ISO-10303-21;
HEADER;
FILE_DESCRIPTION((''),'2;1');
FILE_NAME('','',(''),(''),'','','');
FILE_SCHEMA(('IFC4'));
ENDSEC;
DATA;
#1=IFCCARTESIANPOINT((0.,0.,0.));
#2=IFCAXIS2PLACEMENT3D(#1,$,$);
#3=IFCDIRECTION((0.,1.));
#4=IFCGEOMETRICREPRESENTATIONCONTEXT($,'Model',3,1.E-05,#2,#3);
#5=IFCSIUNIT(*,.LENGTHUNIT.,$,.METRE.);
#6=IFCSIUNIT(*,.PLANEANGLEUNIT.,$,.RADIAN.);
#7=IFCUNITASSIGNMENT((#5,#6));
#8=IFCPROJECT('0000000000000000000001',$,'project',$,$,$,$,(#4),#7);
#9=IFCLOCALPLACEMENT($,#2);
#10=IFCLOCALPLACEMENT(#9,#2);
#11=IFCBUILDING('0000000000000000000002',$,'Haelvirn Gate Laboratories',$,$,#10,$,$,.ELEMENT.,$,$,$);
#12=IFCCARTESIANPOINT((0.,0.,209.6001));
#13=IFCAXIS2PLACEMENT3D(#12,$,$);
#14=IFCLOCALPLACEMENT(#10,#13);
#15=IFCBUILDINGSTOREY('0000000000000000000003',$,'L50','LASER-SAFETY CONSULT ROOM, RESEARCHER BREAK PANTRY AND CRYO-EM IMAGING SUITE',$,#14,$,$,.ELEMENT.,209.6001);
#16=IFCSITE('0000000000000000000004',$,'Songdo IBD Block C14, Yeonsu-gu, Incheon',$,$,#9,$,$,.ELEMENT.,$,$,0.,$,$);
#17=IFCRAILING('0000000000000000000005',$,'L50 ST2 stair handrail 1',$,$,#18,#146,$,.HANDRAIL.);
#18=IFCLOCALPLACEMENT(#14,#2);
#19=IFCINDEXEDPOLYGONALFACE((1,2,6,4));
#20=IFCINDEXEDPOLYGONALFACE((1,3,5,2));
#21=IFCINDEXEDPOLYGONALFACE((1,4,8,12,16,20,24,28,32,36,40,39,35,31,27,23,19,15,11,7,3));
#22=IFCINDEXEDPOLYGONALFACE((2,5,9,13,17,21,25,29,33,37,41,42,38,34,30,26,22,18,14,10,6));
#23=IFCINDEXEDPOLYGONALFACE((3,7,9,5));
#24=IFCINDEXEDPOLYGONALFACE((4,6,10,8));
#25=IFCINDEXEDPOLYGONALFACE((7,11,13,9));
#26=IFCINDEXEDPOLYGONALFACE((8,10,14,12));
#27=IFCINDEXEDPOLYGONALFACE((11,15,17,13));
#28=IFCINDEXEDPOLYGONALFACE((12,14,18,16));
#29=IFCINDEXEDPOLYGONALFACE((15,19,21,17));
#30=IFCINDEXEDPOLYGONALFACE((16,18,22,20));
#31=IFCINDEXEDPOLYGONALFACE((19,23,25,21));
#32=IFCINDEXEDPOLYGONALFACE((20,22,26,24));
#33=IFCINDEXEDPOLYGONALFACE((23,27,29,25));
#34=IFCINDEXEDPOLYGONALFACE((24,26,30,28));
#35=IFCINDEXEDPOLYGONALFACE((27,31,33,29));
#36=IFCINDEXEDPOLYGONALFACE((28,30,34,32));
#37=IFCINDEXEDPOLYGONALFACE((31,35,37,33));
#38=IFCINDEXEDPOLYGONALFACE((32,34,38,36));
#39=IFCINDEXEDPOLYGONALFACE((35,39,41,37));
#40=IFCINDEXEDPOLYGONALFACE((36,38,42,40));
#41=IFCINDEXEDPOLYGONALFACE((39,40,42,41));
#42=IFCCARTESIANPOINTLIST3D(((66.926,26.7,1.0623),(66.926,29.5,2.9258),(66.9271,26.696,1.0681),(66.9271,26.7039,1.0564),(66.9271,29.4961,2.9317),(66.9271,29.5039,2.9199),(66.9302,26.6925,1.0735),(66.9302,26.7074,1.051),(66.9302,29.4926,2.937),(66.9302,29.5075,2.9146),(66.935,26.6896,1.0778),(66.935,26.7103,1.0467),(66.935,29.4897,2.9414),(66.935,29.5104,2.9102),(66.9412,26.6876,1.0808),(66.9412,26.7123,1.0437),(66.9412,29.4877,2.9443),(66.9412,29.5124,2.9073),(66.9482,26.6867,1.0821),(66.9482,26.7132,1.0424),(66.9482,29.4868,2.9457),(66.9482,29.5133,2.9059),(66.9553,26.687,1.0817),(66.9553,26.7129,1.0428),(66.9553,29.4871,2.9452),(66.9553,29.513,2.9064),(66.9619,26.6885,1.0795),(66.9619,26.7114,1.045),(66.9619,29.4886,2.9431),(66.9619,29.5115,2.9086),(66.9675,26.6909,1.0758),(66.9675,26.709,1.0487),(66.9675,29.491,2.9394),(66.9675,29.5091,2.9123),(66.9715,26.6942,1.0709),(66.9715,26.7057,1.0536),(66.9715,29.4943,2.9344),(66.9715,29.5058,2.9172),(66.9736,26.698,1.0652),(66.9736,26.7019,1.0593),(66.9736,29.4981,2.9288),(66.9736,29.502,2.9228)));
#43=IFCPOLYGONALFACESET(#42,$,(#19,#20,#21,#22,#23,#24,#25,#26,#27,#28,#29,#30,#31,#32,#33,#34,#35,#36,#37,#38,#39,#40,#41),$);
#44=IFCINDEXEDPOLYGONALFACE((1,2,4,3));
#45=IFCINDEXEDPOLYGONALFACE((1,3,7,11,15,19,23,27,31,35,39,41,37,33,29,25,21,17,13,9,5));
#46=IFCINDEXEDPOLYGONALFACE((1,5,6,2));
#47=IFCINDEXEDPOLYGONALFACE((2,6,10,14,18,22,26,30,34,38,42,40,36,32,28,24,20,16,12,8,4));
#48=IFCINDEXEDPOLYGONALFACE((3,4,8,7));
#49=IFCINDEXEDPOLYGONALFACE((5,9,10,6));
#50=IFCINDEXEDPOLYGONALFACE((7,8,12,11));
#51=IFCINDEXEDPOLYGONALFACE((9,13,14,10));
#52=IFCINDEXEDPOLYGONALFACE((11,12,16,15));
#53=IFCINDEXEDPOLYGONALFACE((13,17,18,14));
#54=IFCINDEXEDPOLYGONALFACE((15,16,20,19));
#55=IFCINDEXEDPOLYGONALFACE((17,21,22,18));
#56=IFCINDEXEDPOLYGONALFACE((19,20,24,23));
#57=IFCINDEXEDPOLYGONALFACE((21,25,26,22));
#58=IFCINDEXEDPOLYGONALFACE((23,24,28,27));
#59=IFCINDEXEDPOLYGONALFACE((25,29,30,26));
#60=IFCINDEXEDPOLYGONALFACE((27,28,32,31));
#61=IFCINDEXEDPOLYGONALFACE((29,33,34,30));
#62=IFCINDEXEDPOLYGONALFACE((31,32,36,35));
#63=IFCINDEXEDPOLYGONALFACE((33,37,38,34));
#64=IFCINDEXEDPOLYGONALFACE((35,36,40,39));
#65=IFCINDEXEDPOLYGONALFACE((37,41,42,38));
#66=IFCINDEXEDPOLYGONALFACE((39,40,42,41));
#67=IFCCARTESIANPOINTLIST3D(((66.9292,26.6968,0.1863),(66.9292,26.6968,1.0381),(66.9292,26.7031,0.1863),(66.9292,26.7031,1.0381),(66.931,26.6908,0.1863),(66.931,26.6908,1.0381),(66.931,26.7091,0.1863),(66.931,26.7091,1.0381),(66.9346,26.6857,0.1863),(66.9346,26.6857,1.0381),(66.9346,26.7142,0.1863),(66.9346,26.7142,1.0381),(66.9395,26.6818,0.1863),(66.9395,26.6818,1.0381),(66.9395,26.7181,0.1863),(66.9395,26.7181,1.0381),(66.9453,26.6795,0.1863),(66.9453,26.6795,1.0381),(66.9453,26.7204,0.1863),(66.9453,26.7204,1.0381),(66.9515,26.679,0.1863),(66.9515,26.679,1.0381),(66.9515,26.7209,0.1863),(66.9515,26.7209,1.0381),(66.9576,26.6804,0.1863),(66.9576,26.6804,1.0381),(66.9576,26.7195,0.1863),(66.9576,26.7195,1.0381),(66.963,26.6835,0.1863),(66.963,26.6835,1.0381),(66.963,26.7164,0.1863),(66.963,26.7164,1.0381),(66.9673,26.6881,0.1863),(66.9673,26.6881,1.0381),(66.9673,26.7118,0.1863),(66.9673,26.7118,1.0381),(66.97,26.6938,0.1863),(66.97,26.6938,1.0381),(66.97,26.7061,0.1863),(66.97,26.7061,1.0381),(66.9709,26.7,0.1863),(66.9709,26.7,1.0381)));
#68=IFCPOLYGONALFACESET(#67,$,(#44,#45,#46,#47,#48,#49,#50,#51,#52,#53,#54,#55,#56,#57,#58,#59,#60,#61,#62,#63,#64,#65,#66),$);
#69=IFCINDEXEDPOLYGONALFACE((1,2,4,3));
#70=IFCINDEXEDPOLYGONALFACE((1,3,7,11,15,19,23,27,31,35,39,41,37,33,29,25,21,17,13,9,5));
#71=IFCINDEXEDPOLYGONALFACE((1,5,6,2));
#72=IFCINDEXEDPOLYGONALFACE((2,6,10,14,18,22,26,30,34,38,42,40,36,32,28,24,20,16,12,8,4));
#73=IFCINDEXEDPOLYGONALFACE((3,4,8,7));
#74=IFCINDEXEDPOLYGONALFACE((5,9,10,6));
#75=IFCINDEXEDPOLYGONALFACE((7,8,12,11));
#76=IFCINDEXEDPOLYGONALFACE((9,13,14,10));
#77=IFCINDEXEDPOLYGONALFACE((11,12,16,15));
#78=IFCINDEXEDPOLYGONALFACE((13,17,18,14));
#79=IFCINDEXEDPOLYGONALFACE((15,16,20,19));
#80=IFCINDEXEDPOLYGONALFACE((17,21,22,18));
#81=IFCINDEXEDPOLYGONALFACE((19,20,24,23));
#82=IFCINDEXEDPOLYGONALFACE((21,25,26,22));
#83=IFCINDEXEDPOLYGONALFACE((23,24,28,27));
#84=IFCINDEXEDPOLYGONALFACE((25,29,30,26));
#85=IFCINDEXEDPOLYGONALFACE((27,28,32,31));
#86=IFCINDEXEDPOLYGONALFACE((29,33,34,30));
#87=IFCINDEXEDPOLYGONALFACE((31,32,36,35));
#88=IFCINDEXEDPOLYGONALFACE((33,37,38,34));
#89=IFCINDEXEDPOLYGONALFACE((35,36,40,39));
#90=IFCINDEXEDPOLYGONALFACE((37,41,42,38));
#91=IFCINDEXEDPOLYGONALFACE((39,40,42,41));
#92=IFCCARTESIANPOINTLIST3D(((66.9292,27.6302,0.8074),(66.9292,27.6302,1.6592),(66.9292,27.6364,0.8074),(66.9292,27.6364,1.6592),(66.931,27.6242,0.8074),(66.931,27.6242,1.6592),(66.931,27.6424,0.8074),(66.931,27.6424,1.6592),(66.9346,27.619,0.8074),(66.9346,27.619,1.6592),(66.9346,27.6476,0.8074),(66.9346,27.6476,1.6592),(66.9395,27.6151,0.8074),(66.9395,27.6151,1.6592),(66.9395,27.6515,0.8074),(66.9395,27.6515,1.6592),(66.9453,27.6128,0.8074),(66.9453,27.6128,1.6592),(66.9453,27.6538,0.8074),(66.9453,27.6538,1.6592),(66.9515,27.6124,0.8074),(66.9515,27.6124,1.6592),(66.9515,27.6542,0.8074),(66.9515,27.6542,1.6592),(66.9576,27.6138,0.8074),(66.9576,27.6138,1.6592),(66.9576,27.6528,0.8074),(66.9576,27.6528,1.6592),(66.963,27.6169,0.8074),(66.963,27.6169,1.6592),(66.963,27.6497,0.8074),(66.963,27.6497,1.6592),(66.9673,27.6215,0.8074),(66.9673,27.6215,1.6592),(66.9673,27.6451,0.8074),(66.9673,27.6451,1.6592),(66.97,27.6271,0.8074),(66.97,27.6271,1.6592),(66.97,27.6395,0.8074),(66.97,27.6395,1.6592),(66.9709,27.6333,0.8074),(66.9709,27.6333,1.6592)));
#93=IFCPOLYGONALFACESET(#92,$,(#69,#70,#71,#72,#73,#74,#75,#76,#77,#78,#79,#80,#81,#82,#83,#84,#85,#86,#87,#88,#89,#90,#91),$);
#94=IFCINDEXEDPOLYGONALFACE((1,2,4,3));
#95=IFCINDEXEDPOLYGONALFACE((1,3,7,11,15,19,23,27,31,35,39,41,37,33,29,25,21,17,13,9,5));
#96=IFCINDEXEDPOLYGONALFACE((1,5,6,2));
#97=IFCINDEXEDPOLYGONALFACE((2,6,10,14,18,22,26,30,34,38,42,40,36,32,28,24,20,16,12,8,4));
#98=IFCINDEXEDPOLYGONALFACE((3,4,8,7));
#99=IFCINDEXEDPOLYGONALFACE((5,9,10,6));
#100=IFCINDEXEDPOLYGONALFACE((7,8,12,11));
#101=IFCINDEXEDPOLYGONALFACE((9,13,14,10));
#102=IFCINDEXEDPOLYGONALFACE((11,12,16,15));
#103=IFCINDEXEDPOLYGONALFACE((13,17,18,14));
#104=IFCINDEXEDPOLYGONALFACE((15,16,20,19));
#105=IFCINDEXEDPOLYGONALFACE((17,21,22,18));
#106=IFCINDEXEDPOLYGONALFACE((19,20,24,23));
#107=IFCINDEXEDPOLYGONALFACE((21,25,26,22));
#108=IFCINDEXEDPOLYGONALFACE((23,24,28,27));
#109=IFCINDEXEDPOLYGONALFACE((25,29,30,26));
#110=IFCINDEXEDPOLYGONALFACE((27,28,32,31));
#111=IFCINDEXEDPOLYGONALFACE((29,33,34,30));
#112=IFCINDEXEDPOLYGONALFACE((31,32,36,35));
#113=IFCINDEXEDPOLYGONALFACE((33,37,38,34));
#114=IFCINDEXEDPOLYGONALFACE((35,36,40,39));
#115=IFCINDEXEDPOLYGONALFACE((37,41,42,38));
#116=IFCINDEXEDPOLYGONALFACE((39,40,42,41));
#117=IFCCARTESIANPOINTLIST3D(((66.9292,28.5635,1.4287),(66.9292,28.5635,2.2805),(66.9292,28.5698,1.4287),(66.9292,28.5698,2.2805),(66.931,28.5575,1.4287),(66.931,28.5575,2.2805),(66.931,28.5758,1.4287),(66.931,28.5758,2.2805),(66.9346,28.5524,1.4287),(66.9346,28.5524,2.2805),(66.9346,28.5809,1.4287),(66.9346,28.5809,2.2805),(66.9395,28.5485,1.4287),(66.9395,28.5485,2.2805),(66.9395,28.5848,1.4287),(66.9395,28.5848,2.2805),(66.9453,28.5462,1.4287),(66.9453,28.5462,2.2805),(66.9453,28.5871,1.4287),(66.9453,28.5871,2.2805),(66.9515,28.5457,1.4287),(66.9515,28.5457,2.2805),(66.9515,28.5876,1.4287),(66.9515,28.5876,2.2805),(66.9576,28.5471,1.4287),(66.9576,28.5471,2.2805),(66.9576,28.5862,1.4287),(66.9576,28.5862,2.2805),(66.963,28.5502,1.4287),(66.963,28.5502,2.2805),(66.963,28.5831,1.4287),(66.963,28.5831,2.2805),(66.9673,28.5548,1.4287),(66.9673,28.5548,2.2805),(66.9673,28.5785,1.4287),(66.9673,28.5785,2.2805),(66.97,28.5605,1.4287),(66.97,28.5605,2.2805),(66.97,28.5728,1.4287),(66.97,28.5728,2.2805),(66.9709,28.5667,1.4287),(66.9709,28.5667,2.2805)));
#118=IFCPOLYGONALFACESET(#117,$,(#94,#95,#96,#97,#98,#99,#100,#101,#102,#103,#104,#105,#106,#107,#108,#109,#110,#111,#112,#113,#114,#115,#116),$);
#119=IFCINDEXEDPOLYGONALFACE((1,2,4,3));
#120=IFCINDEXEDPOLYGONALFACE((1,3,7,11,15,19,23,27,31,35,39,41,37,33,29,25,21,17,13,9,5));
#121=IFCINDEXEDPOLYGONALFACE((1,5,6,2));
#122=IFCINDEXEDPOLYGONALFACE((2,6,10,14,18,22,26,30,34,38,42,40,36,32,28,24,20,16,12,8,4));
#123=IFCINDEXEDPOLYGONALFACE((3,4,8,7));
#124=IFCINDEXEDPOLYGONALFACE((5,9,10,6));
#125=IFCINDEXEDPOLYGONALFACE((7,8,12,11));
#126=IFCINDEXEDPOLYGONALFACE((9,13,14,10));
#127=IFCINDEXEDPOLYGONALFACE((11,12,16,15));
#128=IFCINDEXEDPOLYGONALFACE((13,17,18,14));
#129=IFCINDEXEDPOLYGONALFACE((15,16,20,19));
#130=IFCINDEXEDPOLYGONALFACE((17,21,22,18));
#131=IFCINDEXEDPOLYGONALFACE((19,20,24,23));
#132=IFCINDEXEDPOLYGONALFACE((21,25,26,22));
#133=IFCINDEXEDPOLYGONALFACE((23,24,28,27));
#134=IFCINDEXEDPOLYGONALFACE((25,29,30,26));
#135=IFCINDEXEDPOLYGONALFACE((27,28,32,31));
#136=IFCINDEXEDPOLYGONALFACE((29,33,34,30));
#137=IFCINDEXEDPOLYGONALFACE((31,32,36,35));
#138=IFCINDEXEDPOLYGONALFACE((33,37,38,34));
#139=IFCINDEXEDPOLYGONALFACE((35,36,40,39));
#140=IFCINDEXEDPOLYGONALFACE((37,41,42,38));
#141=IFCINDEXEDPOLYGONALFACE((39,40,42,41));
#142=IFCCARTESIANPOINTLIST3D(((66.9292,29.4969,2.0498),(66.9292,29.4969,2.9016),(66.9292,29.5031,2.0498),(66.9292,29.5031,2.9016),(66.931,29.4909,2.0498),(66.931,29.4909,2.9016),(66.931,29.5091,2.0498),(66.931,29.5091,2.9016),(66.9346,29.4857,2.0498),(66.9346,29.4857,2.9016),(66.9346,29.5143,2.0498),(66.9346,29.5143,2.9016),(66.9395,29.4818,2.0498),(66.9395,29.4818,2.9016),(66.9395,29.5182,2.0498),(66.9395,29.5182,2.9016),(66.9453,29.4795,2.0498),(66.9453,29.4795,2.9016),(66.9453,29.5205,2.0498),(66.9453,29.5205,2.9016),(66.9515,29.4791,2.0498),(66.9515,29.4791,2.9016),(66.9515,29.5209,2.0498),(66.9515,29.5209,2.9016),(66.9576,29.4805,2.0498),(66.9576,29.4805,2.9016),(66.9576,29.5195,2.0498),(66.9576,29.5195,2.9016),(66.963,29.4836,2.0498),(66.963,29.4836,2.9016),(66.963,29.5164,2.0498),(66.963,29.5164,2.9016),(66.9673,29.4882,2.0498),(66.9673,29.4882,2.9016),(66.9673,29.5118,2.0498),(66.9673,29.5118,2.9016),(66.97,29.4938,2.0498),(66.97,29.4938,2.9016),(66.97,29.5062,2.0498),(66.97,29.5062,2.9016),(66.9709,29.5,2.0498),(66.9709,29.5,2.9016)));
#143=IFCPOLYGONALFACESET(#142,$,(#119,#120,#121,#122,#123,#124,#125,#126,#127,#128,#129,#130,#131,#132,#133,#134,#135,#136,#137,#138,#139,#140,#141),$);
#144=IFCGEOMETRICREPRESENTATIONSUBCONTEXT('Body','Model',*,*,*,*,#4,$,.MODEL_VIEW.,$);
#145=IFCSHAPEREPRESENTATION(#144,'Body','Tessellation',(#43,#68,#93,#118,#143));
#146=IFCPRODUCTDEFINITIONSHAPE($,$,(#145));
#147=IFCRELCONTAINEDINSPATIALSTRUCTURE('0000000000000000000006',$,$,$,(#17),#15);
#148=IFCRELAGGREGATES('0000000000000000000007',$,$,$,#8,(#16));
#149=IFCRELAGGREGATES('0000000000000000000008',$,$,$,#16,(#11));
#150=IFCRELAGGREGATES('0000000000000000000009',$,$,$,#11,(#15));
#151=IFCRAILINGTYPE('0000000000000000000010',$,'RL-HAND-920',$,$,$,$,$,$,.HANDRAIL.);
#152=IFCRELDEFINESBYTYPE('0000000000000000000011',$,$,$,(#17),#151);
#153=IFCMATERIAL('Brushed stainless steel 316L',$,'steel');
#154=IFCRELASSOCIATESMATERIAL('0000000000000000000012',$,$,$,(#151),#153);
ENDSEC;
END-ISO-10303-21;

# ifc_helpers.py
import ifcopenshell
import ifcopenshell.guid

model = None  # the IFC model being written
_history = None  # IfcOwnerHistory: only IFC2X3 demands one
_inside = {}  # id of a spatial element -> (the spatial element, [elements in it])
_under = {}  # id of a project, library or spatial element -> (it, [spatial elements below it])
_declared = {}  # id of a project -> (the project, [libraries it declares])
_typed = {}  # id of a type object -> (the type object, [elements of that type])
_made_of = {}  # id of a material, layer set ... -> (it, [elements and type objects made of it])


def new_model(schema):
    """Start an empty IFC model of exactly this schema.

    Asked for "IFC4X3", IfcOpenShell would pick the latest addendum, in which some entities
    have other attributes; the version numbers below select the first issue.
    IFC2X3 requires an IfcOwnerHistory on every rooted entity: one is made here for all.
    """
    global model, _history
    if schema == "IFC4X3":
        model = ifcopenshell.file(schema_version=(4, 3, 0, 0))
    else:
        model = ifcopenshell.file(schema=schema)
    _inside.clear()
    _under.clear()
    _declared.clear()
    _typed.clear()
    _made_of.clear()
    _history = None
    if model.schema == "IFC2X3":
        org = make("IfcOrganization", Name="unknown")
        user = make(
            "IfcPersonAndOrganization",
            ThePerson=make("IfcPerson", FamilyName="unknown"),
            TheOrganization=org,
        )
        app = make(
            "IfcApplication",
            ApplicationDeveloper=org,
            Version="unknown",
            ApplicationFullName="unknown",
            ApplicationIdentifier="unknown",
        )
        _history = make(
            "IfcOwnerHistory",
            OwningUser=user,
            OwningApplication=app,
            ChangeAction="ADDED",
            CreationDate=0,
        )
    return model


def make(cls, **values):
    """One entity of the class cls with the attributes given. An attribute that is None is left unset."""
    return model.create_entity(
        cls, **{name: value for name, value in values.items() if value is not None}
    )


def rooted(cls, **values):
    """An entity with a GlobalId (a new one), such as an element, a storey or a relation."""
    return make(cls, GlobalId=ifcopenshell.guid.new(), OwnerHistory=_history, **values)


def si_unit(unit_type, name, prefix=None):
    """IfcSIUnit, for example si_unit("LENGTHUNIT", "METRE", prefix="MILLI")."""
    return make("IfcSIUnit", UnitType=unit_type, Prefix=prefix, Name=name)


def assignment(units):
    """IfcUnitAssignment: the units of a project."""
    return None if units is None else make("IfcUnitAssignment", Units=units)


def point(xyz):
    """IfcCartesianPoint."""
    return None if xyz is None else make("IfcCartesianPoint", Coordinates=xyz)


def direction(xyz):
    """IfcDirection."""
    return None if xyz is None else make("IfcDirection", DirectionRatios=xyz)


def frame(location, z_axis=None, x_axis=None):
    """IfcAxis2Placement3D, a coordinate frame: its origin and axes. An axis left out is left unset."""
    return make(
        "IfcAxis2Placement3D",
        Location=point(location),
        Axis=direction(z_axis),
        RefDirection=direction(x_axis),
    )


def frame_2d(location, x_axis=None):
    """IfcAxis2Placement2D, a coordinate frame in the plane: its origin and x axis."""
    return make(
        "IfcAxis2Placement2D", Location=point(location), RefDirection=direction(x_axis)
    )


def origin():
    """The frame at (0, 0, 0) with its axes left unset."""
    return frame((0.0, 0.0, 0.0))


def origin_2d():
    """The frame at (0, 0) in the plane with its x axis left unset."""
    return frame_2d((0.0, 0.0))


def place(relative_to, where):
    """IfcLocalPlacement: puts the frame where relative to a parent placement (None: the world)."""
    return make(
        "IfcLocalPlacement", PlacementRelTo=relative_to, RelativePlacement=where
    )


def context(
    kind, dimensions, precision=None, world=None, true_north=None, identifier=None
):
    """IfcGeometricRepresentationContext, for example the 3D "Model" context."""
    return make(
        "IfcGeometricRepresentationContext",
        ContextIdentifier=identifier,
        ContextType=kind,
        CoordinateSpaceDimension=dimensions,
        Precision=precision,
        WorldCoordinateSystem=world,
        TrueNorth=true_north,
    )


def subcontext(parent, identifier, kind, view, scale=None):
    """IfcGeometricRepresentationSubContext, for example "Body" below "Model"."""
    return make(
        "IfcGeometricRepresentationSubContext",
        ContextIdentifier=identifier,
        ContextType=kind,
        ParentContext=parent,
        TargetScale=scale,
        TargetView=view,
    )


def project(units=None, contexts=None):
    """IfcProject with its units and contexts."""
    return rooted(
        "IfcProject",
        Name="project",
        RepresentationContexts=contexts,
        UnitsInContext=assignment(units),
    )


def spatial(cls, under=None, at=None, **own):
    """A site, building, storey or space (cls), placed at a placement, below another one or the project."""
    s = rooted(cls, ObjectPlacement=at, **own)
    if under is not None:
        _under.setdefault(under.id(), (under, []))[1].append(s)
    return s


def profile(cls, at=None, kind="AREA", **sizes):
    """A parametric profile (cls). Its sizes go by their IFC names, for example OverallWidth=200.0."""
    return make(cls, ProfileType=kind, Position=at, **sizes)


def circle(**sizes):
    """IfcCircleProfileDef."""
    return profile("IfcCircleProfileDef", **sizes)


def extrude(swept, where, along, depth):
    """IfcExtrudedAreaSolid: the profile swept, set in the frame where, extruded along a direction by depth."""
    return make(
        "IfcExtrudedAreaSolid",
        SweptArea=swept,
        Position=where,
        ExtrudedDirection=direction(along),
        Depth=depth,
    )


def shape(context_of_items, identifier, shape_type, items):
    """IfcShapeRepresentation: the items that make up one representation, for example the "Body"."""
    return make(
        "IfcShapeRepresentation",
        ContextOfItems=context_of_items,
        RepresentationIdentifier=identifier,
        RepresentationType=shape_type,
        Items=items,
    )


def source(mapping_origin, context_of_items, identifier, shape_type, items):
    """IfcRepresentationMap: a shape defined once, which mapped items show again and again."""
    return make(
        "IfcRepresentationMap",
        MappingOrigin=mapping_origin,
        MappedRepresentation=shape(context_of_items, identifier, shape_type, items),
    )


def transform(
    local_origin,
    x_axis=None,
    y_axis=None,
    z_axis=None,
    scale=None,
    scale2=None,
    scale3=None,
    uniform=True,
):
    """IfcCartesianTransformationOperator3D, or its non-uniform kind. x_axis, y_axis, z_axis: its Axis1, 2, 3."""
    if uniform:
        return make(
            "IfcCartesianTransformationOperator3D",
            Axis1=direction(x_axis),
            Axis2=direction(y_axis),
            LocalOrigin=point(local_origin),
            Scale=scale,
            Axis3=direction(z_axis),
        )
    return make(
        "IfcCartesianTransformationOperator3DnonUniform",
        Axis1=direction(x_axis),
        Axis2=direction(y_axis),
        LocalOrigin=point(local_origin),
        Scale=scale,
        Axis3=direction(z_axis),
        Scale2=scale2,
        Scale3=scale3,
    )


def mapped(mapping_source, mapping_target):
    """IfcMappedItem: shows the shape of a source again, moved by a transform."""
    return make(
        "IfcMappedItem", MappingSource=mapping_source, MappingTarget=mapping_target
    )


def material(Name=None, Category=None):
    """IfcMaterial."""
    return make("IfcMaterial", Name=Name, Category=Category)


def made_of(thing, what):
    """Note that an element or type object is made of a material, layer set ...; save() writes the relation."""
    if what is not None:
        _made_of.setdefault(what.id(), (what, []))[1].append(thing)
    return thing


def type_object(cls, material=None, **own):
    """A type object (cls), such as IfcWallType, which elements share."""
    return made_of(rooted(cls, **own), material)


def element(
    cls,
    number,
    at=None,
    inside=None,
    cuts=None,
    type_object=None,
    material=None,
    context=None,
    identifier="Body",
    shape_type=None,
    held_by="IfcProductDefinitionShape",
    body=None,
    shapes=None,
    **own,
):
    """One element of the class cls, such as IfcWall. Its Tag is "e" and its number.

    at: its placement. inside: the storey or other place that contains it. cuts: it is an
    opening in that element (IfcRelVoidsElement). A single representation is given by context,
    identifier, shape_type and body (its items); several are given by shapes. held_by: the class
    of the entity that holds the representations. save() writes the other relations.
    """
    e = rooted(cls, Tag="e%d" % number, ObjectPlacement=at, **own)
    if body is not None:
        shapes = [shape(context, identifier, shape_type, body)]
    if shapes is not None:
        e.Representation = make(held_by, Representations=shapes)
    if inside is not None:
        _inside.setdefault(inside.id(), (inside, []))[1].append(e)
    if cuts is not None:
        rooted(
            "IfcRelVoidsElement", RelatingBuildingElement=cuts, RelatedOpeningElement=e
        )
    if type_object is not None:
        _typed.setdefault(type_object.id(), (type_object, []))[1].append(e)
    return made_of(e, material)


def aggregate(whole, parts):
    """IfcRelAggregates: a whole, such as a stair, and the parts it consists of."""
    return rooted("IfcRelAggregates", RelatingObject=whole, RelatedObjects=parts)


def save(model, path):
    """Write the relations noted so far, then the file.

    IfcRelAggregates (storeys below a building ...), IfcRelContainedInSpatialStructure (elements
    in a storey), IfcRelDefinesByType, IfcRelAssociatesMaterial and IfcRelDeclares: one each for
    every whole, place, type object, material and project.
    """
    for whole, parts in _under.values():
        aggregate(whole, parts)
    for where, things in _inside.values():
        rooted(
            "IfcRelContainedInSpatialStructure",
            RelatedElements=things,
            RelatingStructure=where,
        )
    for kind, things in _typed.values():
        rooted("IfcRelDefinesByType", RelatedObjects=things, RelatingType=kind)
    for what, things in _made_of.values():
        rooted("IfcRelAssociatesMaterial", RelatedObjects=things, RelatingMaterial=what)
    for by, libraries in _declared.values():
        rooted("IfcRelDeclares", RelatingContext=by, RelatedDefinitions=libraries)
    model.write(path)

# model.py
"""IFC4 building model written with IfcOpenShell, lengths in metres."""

from ifc_helpers import new_model, si_unit, direction, frame, origin, origin_2d, place, context, subcontext, project, spatial, circle, extrude, source, transform, mapped, material, type_object, element, save


model = new_model("IFC4")

# Units and contexts
model_context = context("Model", 3, precision=1e-05, world=origin(), true_north=direction((0.0, 1.0)))
body_context = subcontext(model_context, "Body", "Model", "MODEL_VIEW")
ifc_project = project(units=[si_unit("LENGTHUNIT", "METRE"), si_unit("PLANEANGLEUNIT", "RADIAN")], contexts=[model_context])

# Site, building, storey
site_placement = place(None, origin())
site = spatial("IfcSite", under=ifc_project, at=site_placement, Name="Songdo IBD Block C14, Yeonsu-gu, Incheon", CompositionType="ELEMENT", RefElevation=0.0)
building_placement = place(site_placement, origin())
building = spatial("IfcBuilding", under=site, at=building_placement, Name="Haelvirn Gate Laboratories", CompositionType="ELEMENT")
storey_placement = place(building_placement, frame((0.0, 0.0, 209.6001)))
storey = spatial("IfcBuildingStorey", under=building, at=storey_placement, Name="L50", Description="LASER-SAFETY CONSULT ROOM, RESEARCHER BREAK PANTRY AND CRYO-EM IMAGING SUITE", CompositionType="ELEMENT", Elevation=209.6001)

# Railing
ifc_material_1 = material(Name="Brushed stainless steel 316L", Category="steel")
railing_type_1 = type_object("IfcRailingType", Name="RL-HAND-920", PredefinedType="HANDRAIL", material=ifc_material_1)
shared_shape_1 = source(origin(), body_context, "Body", "SweptSolid", [
    extrude(circle(Radius=0.0239, at=origin_2d()), frame((0.0, 0.0, 0.876), z_axis=(0.0, 0.832486, 0.554047), x_axis=(-1.0, 0.0, 0.0)), (0.0, 0.0, 1.0), 3.3635),
    extrude(circle(Radius=0.021, at=origin_2d()), origin(), (0.0, 0.0, 1.0), 0.8518),
    extrude(circle(Radius=0.021, at=origin_2d()), frame((0.0, 0.9333, 0.6211)), (0.0, 0.0, 1.0), 0.8518),
    extrude(circle(Radius=0.021, at=origin_2d()), frame((0.0, 1.8667, 1.2424)), (0.0, 0.0, 1.0), 0.8518),
    extrude(circle(Radius=0.021, at=origin_2d()), frame((0.0, 2.8, 1.8635)), (0.0, 0.0, 1.0), 0.8518),
])
railing_1_placement = place(storey_placement, frame((66.95, 26.7, 0.1863)))
element("IfcRailing", 1, at=railing_1_placement, inside=storey, type_object=railing_type_1, Name="L50 ST2 stair handrail 1", PredefinedType="HANDRAIL", context=body_context, shape_type="MappedRepresentation", body=[
    mapped(shared_shape_1, transform((0.0, 0.0, 0.0), scale=1.0)),
])

save(model, "model.ifc")
